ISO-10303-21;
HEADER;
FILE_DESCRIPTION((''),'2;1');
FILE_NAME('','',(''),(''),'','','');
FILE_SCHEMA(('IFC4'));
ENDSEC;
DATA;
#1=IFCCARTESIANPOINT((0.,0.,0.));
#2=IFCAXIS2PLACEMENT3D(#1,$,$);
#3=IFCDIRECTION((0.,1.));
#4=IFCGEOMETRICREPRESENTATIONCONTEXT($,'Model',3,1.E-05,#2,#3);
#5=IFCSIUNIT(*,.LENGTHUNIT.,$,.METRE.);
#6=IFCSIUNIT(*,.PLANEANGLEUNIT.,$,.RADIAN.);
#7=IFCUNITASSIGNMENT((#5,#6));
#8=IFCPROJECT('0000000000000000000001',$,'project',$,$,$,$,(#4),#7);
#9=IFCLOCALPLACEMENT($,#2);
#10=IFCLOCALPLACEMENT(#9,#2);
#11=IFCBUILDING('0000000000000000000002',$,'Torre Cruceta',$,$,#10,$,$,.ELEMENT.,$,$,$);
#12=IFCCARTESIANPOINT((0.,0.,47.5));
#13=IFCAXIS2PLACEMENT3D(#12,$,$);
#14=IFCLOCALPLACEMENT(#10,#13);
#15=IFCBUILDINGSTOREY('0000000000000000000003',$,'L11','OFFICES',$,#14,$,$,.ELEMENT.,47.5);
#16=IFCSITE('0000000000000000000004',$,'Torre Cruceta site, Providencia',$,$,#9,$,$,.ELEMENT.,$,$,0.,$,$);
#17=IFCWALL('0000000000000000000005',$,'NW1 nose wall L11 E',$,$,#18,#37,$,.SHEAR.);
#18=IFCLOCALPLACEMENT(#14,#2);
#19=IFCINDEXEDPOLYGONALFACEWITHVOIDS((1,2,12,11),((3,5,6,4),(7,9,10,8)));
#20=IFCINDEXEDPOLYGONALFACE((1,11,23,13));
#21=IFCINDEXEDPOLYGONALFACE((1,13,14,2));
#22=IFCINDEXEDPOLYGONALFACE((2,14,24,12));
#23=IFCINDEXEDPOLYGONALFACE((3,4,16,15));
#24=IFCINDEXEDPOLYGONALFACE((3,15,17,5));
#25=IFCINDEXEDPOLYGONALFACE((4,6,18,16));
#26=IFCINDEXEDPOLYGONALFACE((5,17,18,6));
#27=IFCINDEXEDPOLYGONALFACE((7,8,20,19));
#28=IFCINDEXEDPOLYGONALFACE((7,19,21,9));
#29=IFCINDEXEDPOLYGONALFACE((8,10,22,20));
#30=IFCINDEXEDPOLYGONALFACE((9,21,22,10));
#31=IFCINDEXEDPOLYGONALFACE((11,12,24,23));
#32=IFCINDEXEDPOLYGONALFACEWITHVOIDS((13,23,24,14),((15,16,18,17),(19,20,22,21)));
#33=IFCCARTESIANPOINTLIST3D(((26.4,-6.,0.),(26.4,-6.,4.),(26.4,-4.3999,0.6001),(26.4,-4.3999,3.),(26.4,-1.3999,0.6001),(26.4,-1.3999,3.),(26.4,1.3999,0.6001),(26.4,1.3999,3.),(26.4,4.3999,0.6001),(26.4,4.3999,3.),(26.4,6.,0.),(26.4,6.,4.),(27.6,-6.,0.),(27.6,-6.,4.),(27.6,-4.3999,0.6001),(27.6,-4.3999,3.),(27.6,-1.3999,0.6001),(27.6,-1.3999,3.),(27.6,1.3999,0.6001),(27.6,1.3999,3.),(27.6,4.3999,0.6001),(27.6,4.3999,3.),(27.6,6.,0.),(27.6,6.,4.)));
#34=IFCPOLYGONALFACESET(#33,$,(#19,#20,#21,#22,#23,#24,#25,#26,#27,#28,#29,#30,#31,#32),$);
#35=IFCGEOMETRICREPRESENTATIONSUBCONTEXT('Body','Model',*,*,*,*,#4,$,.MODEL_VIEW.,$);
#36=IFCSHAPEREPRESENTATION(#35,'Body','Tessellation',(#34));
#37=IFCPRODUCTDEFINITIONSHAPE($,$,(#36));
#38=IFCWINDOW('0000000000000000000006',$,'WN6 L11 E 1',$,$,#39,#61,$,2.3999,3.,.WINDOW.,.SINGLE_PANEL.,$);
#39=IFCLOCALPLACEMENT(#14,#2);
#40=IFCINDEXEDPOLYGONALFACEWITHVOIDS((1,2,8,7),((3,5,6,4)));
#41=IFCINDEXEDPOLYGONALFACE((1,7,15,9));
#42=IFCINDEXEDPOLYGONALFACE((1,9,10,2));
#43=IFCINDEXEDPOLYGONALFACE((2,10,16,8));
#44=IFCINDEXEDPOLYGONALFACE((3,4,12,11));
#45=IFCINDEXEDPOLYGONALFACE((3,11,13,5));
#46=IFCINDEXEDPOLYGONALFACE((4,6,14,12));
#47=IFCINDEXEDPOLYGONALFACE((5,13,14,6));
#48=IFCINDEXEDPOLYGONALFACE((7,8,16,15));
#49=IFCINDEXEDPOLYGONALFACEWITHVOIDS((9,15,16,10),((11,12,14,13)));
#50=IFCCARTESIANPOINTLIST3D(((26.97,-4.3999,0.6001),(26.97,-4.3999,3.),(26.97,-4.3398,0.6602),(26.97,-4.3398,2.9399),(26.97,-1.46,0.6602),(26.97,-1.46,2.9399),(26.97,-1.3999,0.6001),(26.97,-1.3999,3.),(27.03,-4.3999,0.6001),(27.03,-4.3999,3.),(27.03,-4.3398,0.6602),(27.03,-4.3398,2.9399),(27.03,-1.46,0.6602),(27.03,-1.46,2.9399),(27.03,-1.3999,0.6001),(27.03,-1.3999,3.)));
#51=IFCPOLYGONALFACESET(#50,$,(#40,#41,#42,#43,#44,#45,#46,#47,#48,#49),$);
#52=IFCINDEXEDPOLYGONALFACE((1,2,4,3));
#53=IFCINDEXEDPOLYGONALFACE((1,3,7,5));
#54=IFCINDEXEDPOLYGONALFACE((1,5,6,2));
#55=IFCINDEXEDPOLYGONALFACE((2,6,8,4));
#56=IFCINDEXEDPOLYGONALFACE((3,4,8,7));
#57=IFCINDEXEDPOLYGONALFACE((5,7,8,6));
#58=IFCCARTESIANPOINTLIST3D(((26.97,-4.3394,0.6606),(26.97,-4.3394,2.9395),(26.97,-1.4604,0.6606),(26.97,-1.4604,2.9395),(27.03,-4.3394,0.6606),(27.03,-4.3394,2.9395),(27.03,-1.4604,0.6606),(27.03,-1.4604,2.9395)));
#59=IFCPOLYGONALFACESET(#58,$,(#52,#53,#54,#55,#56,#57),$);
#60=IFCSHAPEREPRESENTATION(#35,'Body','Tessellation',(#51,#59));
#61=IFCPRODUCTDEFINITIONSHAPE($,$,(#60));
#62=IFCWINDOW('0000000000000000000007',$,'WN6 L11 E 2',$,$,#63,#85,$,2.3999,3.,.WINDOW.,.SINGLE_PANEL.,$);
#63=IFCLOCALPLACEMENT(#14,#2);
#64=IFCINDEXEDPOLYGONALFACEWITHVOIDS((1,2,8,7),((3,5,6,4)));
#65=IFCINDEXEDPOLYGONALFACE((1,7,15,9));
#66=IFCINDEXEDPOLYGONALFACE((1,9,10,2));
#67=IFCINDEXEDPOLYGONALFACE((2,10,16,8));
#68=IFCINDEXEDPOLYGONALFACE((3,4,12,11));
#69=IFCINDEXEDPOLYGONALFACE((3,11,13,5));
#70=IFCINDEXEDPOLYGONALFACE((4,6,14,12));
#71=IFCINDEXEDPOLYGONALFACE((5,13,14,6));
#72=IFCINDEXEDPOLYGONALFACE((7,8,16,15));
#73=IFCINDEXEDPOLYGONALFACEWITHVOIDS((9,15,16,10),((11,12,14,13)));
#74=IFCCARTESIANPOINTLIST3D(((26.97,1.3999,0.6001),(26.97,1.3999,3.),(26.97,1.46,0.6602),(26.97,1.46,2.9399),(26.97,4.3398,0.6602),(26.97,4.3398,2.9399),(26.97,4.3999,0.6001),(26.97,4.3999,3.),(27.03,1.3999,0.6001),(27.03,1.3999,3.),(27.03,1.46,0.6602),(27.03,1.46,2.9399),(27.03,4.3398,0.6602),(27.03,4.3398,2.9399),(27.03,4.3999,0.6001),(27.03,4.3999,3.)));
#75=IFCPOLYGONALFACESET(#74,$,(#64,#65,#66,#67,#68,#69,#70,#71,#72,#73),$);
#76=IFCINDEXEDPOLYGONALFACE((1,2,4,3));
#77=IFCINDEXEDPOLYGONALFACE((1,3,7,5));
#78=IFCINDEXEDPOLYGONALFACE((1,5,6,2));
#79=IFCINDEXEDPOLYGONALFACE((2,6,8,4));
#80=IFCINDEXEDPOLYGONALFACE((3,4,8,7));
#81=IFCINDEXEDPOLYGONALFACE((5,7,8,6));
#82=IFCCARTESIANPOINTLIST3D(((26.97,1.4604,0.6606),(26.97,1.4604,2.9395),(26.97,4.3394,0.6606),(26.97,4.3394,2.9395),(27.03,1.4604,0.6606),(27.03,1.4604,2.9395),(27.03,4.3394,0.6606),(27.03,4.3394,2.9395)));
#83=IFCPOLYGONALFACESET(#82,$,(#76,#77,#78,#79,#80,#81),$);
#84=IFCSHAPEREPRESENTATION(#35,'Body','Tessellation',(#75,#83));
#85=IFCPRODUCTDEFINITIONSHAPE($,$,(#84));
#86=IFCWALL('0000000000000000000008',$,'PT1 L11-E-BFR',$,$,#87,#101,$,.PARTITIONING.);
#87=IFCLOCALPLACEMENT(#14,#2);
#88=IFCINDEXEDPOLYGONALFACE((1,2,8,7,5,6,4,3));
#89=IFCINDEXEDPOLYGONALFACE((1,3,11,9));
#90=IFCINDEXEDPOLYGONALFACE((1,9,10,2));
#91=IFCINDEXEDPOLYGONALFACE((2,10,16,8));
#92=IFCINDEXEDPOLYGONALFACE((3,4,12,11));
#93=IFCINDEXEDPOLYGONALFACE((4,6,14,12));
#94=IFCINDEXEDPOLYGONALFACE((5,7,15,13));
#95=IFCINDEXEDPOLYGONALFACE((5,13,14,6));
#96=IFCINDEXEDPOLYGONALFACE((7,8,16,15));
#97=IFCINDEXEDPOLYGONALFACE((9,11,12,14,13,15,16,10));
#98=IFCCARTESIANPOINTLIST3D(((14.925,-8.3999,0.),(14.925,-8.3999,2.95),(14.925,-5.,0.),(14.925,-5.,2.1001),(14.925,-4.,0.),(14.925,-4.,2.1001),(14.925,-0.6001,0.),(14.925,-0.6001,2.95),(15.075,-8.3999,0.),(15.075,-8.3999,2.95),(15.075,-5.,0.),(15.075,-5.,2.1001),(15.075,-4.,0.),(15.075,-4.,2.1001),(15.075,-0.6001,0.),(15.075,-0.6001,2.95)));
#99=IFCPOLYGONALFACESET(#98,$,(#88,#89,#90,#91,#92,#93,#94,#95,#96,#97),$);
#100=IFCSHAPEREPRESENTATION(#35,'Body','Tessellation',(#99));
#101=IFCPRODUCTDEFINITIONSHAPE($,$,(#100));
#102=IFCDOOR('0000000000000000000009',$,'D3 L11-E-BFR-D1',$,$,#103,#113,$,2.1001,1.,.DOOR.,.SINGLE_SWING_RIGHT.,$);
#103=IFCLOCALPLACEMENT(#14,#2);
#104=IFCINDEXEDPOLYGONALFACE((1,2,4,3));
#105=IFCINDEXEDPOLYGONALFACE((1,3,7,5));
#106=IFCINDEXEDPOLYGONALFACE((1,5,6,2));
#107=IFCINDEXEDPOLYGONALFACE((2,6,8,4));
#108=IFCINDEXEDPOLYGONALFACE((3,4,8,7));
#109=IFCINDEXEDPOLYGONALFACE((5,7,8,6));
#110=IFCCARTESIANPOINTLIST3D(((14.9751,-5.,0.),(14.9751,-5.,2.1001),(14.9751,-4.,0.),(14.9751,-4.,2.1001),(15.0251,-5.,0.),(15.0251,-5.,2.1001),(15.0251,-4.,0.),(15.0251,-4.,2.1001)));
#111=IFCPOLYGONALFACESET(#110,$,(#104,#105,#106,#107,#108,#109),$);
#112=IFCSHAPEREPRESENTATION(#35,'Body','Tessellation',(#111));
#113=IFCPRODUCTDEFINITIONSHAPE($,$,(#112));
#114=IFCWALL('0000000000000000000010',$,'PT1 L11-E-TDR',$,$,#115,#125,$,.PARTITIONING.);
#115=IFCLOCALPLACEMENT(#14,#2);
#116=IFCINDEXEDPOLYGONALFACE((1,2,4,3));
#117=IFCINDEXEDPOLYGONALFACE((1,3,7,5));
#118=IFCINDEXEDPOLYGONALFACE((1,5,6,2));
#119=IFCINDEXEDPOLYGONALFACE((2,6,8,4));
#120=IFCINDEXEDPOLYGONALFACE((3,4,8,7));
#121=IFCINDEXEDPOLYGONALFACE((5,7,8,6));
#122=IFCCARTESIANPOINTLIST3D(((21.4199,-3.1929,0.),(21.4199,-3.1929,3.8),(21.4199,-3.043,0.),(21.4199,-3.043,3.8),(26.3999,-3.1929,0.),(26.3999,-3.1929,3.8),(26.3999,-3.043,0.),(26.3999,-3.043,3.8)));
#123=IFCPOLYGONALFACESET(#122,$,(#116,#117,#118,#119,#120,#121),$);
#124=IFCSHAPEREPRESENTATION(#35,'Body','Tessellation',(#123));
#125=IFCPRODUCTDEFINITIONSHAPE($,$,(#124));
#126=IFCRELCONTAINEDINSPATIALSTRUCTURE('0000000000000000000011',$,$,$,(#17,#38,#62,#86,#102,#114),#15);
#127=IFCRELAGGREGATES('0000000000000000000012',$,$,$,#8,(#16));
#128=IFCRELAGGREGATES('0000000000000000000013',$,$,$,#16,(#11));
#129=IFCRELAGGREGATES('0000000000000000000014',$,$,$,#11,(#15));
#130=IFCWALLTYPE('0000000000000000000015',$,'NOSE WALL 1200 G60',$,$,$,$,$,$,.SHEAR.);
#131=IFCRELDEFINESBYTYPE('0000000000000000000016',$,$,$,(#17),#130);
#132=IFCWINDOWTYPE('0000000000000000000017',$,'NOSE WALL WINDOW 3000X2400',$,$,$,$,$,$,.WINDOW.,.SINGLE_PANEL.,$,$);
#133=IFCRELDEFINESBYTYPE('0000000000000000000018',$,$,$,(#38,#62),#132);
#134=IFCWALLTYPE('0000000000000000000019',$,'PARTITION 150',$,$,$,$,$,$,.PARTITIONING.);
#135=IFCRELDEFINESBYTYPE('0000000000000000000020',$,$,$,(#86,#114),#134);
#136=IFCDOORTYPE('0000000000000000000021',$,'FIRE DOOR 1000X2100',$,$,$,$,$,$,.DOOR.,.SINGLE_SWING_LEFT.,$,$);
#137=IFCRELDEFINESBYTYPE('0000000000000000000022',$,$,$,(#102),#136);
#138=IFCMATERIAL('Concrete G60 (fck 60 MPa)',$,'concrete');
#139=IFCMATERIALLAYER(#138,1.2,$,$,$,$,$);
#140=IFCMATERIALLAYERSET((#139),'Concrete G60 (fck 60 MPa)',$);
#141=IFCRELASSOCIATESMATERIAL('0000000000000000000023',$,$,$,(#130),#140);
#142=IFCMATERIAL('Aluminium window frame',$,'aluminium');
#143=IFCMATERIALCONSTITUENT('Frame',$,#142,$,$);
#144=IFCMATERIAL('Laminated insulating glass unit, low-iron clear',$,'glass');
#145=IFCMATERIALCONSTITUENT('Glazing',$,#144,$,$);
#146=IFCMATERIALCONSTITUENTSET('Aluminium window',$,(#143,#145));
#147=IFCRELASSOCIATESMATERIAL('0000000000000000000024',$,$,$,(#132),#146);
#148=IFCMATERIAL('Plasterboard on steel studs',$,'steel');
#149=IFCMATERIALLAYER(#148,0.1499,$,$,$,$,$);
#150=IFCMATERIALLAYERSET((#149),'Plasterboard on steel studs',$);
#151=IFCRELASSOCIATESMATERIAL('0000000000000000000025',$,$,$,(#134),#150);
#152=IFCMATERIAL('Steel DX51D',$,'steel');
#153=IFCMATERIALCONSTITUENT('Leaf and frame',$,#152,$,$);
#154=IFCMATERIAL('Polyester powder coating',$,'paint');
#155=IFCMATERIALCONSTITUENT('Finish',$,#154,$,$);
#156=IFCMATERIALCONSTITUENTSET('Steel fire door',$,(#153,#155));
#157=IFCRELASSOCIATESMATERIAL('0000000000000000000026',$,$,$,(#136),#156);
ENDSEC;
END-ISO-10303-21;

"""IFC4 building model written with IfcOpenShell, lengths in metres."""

from ifc_helpers import new_model, si_unit, direction, frame, frame_2d, origin, place, context, subcontext, project, spatial, rectangle, hollow_rectangle, extrude, material, layer, layer_set, constituent, constituent_set, type_object, element, fill, save


model = new_model("IFC4")

# Units and contexts
model_context = context("Model", 3, precision=1e-05, world=origin(), true_north=direction((0.0, 1.0)))
body_context = subcontext(model_context, "Body", "Model", "MODEL_VIEW")
ifc_project = project(units=[si_unit("LENGTHUNIT", "METRE"), si_unit("PLANEANGLEUNIT", "RADIAN")], contexts=[model_context])

# Site, building, storey
site_placement = place(None, origin())
site = spatial("IfcSite", under=ifc_project, at=site_placement, Name="Torre Cruceta site, Providencia", CompositionType="ELEMENT", RefElevation=0.0)
building_placement = place(site_placement, origin())
building = spatial("IfcBuilding", under=site, at=building_placement, Name="Torre Cruceta", CompositionType="ELEMENT")
storey_placement = place(building_placement, frame((0.0, 0.0, 47.5)))
storey = spatial("IfcBuildingStorey", under=building, at=storey_placement, Name="L11", Description="OFFICES", CompositionType="ELEMENT", Elevation=47.5)

# Wall, openings, windows
ifc_material_1 = material(Name="Concrete G60 (fck 60 MPa)", Category="concrete")
ifc_layer_1 = layer(ifc_material_1, 1.2)
ifc_layer_set_1 = layer_set([ifc_layer_1], Name="Concrete G60 (fck 60 MPa)")
wall_type_1 = type_object("IfcWallType", Name="NOSE WALL 1200 G60", PredefinedType="SHEAR", material=ifc_layer_set_1)
wall_1_placement = place(storey_placement, frame((27.0, -6.0, 0.0), z_axis=(0.0, 0.0, 1.0), x_axis=(0.0, 1.0, 0.0)))
wall_1 = element("IfcWall", 1, at=wall_1_placement, inside=storey, type_object=wall_type_1, Name="NW1 nose wall L11 E", PredefinedType="SHEAR", context=body_context, shape_type="SweptSolid", body=[
    extrude(rectangle(XDim=12.0, YDim=1.2, at=frame_2d((6.0, 0.0))), origin(), (0.0, 0.0, 1.0), 4.0),
])
opening_1_placement = place(wall_1_placement, frame((1.6001, 0.0, 0.6001)))
opening_1 = element("IfcOpeningElement", 2, at=opening_1_placement, cuts=wall_1, PredefinedType="OPENING", context=body_context, shape_type="SweptSolid", body=[
    extrude(rectangle(XDim=3.0, YDim=2.3999, at=frame_2d((1.5, 1.2))), frame((0.0, 0.6099, 0.0), z_axis=(0.0, -1.0, 0.0), x_axis=(1.0, 0.0, 0.0)), (0.0, 0.0, 1.0), 1.22),
])
opening_2_placement = place(wall_1_placement, frame((7.3999, 0.0, 0.6001)))
opening_2 = element("IfcOpeningElement", 3, at=opening_2_placement, cuts=wall_1, PredefinedType="OPENING", context=body_context, shape_type="SweptSolid", body=[
    extrude(rectangle(XDim=3.0, YDim=2.3999, at=frame_2d((1.5, 1.2))), frame((0.0, 0.6099, 0.0), z_axis=(0.0, -1.0, 0.0), x_axis=(1.0, 0.0, 0.0)), (0.0, 0.0, 1.0), 1.22),
])
ifc_material_2 = material(Name="Aluminium window frame", Category="aluminium")
ifc_constituent_1 = constituent(ifc_material_2, Name="Frame")
ifc_material_3 = material(Name="Laminated insulating glass unit, low-iron clear", Category="glass")
ifc_constituent_2 = constituent(ifc_material_3, Name="Glazing")
ifc_constituent_set_1 = constituent_set(constituents=[ifc_constituent_1, ifc_constituent_2], Name="Aluminium window")
window_type = type_object("IfcWindowType", Name="NOSE WALL WINDOW 3000X2400", PartitioningType="SINGLE_PANEL", PredefinedType="WINDOW", material=ifc_constituent_set_1)
window_1_placement = place(opening_1_placement, origin())
window_1 = element("IfcWindow", 4, at=window_1_placement, inside=storey, type_object=window_type, Name="WN6 L11 E 1", OverallHeight=2.3999, OverallWidth=3.0, PartitioningType="SINGLE_PANEL", PredefinedType="WINDOW", context=body_context, shape_type="SweptSolid", body=[
    extrude(hollow_rectangle(XDim=3.0, YDim=2.3999, WallThickness=0.0601, at=frame_2d((1.5, 1.2))), frame((0.0, 0.03, 0.0), z_axis=(0.0, -1.0, 0.0), x_axis=(1.0, 0.0, 0.0)), (0.0, 0.0, 1.0), 0.0601),
    extrude(rectangle(XDim=2.8789, YDim=2.2788, at=frame_2d((1.5, 1.2))), frame((0.0, 0.03, 0.0), z_axis=(0.0, -1.0, 0.0), x_axis=(1.0, 0.0, 0.0)), (0.0, 0.0, 1.0), 0.0601),
])
fill(opening_1, window_1)
window_2_placement = place(opening_2_placement, origin())
window_2 = element("IfcWindow", 5, at=window_2_placement, inside=storey, type_object=window_type, Name="WN6 L11 E 2", OverallHeight=2.3999, OverallWidth=3.0, PartitioningType="SINGLE_PANEL", PredefinedType="WINDOW", context=body_context, shape_type="SweptSolid", body=[
    extrude(hollow_rectangle(XDim=3.0, YDim=2.3999, WallThickness=0.0601, at=frame_2d((1.5, 1.2))), frame((0.0, 0.03, 0.0), z_axis=(0.0, -1.0, 0.0), x_axis=(1.0, 0.0, 0.0)), (0.0, 0.0, 1.0), 0.0601),
    extrude(rectangle(XDim=2.8789, YDim=2.2788, at=frame_2d((1.5, 1.2))), frame((0.0, 0.03, 0.0), z_axis=(0.0, -1.0, 0.0), x_axis=(1.0, 0.0, 0.0)), (0.0, 0.0, 1.0), 0.0601),
])
fill(opening_2, window_2)

# Wall, opening, door
ifc_material_4 = material(Name="Plasterboard on steel studs", Category="steel")
ifc_layer_2 = layer(ifc_material_4, 0.1499)
ifc_layer_set_2 = layer_set([ifc_layer_2], Name="Plasterboard on steel studs")
wall_type_2 = type_object("IfcWallType", Name="PARTITION 150", PredefinedType="PARTITIONING", material=ifc_layer_set_2)
wall_2_placement = place(storey_placement, frame((15.0, -8.3999, 0.0), z_axis=(0.0, 0.0, 1.0), x_axis=(0.0, 1.0, 0.0)))
wall_2 = element("IfcWall", 6, at=wall_2_placement, inside=storey, type_object=wall_type_2, Name="PT1 L11-E-BFR", PredefinedType="PARTITIONING", context=body_context, shape_type="SweptSolid", body=[
    extrude(rectangle(XDim=7.7998, YDim=0.1499, at=frame_2d((3.8999, 0.0))), origin(), (0.0, 0.0, 1.0), 2.95),
])
opening_3_placement = place(wall_2_placement, frame((3.3999, 0.0, 0.0)))
opening_3 = element("IfcOpeningElement", 7, at=opening_3_placement, cuts=wall_2, PredefinedType="OPENING", context=body_context, shape_type="SweptSolid", body=[
    extrude(rectangle(XDim=1.0, YDim=2.1001, at=frame_2d((0.5, 1.05))), frame((0.0, 0.085, 0.0), z_axis=(0.0, -1.0, 0.0), x_axis=(1.0, 0.0, 0.0)), (0.0, 0.0, 1.0), 0.1699),
])
ifc_material_5 = material(Name="Steel DX51D", Category="steel")
ifc_constituent_3 = constituent(ifc_material_5, Name="Leaf and frame")
ifc_material_6 = material(Name="Polyester powder coating", Category="paint")
ifc_constituent_4 = constituent(ifc_material_6, Name="Finish")
ifc_constituent_set_2 = constituent_set(constituents=[ifc_constituent_3, ifc_constituent_4], Name="Steel fire door")
door_type = type_object("IfcDoorType", Name="FIRE DOOR 1000X2100", OperationType="SINGLE_SWING_LEFT", PredefinedType="DOOR", material=ifc_constituent_set_2)
door_placement = place(opening_3_placement, origin())
door = element("IfcDoor", 8, at=door_placement, inside=storey, type_object=door_type, Name="D3 L11-E-BFR-D1", OperationType="SINGLE_SWING_RIGHT", OverallHeight=2.1001, OverallWidth=1.0, PredefinedType="DOOR", context=body_context, shape_type="SweptSolid", body=[
    extrude(rectangle(XDim=1.0, YDim=2.1001, at=frame_2d((0.5, 1.05))), frame((0.0, 0.0249, 0.0), z_axis=(0.0, -1.0, 0.0), x_axis=(1.0, 0.0, 0.0)), (0.0, 0.0, 1.0), 0.05),
])
fill(opening_3, door)

# Wall
wall_3_placement = place(storey_placement, frame((21.4199, -3.1179, 0.0), z_axis=(0.0, 0.0, 1.0), x_axis=(1.0, 0.0, 0.0)))
element("IfcWall", 9, at=wall_3_placement, inside=storey, type_object=wall_type_2, Name="PT1 L11-E-TDR", PredefinedType="PARTITIONING", context=body_context, shape_type="SweptSolid", body=[
    extrude(rectangle(XDim=4.98, YDim=0.1499, at=frame_2d((2.49, 0.0))), origin(), (0.0, 0.0, 1.0), 3.8),
])

save(model, "model.ifc")
